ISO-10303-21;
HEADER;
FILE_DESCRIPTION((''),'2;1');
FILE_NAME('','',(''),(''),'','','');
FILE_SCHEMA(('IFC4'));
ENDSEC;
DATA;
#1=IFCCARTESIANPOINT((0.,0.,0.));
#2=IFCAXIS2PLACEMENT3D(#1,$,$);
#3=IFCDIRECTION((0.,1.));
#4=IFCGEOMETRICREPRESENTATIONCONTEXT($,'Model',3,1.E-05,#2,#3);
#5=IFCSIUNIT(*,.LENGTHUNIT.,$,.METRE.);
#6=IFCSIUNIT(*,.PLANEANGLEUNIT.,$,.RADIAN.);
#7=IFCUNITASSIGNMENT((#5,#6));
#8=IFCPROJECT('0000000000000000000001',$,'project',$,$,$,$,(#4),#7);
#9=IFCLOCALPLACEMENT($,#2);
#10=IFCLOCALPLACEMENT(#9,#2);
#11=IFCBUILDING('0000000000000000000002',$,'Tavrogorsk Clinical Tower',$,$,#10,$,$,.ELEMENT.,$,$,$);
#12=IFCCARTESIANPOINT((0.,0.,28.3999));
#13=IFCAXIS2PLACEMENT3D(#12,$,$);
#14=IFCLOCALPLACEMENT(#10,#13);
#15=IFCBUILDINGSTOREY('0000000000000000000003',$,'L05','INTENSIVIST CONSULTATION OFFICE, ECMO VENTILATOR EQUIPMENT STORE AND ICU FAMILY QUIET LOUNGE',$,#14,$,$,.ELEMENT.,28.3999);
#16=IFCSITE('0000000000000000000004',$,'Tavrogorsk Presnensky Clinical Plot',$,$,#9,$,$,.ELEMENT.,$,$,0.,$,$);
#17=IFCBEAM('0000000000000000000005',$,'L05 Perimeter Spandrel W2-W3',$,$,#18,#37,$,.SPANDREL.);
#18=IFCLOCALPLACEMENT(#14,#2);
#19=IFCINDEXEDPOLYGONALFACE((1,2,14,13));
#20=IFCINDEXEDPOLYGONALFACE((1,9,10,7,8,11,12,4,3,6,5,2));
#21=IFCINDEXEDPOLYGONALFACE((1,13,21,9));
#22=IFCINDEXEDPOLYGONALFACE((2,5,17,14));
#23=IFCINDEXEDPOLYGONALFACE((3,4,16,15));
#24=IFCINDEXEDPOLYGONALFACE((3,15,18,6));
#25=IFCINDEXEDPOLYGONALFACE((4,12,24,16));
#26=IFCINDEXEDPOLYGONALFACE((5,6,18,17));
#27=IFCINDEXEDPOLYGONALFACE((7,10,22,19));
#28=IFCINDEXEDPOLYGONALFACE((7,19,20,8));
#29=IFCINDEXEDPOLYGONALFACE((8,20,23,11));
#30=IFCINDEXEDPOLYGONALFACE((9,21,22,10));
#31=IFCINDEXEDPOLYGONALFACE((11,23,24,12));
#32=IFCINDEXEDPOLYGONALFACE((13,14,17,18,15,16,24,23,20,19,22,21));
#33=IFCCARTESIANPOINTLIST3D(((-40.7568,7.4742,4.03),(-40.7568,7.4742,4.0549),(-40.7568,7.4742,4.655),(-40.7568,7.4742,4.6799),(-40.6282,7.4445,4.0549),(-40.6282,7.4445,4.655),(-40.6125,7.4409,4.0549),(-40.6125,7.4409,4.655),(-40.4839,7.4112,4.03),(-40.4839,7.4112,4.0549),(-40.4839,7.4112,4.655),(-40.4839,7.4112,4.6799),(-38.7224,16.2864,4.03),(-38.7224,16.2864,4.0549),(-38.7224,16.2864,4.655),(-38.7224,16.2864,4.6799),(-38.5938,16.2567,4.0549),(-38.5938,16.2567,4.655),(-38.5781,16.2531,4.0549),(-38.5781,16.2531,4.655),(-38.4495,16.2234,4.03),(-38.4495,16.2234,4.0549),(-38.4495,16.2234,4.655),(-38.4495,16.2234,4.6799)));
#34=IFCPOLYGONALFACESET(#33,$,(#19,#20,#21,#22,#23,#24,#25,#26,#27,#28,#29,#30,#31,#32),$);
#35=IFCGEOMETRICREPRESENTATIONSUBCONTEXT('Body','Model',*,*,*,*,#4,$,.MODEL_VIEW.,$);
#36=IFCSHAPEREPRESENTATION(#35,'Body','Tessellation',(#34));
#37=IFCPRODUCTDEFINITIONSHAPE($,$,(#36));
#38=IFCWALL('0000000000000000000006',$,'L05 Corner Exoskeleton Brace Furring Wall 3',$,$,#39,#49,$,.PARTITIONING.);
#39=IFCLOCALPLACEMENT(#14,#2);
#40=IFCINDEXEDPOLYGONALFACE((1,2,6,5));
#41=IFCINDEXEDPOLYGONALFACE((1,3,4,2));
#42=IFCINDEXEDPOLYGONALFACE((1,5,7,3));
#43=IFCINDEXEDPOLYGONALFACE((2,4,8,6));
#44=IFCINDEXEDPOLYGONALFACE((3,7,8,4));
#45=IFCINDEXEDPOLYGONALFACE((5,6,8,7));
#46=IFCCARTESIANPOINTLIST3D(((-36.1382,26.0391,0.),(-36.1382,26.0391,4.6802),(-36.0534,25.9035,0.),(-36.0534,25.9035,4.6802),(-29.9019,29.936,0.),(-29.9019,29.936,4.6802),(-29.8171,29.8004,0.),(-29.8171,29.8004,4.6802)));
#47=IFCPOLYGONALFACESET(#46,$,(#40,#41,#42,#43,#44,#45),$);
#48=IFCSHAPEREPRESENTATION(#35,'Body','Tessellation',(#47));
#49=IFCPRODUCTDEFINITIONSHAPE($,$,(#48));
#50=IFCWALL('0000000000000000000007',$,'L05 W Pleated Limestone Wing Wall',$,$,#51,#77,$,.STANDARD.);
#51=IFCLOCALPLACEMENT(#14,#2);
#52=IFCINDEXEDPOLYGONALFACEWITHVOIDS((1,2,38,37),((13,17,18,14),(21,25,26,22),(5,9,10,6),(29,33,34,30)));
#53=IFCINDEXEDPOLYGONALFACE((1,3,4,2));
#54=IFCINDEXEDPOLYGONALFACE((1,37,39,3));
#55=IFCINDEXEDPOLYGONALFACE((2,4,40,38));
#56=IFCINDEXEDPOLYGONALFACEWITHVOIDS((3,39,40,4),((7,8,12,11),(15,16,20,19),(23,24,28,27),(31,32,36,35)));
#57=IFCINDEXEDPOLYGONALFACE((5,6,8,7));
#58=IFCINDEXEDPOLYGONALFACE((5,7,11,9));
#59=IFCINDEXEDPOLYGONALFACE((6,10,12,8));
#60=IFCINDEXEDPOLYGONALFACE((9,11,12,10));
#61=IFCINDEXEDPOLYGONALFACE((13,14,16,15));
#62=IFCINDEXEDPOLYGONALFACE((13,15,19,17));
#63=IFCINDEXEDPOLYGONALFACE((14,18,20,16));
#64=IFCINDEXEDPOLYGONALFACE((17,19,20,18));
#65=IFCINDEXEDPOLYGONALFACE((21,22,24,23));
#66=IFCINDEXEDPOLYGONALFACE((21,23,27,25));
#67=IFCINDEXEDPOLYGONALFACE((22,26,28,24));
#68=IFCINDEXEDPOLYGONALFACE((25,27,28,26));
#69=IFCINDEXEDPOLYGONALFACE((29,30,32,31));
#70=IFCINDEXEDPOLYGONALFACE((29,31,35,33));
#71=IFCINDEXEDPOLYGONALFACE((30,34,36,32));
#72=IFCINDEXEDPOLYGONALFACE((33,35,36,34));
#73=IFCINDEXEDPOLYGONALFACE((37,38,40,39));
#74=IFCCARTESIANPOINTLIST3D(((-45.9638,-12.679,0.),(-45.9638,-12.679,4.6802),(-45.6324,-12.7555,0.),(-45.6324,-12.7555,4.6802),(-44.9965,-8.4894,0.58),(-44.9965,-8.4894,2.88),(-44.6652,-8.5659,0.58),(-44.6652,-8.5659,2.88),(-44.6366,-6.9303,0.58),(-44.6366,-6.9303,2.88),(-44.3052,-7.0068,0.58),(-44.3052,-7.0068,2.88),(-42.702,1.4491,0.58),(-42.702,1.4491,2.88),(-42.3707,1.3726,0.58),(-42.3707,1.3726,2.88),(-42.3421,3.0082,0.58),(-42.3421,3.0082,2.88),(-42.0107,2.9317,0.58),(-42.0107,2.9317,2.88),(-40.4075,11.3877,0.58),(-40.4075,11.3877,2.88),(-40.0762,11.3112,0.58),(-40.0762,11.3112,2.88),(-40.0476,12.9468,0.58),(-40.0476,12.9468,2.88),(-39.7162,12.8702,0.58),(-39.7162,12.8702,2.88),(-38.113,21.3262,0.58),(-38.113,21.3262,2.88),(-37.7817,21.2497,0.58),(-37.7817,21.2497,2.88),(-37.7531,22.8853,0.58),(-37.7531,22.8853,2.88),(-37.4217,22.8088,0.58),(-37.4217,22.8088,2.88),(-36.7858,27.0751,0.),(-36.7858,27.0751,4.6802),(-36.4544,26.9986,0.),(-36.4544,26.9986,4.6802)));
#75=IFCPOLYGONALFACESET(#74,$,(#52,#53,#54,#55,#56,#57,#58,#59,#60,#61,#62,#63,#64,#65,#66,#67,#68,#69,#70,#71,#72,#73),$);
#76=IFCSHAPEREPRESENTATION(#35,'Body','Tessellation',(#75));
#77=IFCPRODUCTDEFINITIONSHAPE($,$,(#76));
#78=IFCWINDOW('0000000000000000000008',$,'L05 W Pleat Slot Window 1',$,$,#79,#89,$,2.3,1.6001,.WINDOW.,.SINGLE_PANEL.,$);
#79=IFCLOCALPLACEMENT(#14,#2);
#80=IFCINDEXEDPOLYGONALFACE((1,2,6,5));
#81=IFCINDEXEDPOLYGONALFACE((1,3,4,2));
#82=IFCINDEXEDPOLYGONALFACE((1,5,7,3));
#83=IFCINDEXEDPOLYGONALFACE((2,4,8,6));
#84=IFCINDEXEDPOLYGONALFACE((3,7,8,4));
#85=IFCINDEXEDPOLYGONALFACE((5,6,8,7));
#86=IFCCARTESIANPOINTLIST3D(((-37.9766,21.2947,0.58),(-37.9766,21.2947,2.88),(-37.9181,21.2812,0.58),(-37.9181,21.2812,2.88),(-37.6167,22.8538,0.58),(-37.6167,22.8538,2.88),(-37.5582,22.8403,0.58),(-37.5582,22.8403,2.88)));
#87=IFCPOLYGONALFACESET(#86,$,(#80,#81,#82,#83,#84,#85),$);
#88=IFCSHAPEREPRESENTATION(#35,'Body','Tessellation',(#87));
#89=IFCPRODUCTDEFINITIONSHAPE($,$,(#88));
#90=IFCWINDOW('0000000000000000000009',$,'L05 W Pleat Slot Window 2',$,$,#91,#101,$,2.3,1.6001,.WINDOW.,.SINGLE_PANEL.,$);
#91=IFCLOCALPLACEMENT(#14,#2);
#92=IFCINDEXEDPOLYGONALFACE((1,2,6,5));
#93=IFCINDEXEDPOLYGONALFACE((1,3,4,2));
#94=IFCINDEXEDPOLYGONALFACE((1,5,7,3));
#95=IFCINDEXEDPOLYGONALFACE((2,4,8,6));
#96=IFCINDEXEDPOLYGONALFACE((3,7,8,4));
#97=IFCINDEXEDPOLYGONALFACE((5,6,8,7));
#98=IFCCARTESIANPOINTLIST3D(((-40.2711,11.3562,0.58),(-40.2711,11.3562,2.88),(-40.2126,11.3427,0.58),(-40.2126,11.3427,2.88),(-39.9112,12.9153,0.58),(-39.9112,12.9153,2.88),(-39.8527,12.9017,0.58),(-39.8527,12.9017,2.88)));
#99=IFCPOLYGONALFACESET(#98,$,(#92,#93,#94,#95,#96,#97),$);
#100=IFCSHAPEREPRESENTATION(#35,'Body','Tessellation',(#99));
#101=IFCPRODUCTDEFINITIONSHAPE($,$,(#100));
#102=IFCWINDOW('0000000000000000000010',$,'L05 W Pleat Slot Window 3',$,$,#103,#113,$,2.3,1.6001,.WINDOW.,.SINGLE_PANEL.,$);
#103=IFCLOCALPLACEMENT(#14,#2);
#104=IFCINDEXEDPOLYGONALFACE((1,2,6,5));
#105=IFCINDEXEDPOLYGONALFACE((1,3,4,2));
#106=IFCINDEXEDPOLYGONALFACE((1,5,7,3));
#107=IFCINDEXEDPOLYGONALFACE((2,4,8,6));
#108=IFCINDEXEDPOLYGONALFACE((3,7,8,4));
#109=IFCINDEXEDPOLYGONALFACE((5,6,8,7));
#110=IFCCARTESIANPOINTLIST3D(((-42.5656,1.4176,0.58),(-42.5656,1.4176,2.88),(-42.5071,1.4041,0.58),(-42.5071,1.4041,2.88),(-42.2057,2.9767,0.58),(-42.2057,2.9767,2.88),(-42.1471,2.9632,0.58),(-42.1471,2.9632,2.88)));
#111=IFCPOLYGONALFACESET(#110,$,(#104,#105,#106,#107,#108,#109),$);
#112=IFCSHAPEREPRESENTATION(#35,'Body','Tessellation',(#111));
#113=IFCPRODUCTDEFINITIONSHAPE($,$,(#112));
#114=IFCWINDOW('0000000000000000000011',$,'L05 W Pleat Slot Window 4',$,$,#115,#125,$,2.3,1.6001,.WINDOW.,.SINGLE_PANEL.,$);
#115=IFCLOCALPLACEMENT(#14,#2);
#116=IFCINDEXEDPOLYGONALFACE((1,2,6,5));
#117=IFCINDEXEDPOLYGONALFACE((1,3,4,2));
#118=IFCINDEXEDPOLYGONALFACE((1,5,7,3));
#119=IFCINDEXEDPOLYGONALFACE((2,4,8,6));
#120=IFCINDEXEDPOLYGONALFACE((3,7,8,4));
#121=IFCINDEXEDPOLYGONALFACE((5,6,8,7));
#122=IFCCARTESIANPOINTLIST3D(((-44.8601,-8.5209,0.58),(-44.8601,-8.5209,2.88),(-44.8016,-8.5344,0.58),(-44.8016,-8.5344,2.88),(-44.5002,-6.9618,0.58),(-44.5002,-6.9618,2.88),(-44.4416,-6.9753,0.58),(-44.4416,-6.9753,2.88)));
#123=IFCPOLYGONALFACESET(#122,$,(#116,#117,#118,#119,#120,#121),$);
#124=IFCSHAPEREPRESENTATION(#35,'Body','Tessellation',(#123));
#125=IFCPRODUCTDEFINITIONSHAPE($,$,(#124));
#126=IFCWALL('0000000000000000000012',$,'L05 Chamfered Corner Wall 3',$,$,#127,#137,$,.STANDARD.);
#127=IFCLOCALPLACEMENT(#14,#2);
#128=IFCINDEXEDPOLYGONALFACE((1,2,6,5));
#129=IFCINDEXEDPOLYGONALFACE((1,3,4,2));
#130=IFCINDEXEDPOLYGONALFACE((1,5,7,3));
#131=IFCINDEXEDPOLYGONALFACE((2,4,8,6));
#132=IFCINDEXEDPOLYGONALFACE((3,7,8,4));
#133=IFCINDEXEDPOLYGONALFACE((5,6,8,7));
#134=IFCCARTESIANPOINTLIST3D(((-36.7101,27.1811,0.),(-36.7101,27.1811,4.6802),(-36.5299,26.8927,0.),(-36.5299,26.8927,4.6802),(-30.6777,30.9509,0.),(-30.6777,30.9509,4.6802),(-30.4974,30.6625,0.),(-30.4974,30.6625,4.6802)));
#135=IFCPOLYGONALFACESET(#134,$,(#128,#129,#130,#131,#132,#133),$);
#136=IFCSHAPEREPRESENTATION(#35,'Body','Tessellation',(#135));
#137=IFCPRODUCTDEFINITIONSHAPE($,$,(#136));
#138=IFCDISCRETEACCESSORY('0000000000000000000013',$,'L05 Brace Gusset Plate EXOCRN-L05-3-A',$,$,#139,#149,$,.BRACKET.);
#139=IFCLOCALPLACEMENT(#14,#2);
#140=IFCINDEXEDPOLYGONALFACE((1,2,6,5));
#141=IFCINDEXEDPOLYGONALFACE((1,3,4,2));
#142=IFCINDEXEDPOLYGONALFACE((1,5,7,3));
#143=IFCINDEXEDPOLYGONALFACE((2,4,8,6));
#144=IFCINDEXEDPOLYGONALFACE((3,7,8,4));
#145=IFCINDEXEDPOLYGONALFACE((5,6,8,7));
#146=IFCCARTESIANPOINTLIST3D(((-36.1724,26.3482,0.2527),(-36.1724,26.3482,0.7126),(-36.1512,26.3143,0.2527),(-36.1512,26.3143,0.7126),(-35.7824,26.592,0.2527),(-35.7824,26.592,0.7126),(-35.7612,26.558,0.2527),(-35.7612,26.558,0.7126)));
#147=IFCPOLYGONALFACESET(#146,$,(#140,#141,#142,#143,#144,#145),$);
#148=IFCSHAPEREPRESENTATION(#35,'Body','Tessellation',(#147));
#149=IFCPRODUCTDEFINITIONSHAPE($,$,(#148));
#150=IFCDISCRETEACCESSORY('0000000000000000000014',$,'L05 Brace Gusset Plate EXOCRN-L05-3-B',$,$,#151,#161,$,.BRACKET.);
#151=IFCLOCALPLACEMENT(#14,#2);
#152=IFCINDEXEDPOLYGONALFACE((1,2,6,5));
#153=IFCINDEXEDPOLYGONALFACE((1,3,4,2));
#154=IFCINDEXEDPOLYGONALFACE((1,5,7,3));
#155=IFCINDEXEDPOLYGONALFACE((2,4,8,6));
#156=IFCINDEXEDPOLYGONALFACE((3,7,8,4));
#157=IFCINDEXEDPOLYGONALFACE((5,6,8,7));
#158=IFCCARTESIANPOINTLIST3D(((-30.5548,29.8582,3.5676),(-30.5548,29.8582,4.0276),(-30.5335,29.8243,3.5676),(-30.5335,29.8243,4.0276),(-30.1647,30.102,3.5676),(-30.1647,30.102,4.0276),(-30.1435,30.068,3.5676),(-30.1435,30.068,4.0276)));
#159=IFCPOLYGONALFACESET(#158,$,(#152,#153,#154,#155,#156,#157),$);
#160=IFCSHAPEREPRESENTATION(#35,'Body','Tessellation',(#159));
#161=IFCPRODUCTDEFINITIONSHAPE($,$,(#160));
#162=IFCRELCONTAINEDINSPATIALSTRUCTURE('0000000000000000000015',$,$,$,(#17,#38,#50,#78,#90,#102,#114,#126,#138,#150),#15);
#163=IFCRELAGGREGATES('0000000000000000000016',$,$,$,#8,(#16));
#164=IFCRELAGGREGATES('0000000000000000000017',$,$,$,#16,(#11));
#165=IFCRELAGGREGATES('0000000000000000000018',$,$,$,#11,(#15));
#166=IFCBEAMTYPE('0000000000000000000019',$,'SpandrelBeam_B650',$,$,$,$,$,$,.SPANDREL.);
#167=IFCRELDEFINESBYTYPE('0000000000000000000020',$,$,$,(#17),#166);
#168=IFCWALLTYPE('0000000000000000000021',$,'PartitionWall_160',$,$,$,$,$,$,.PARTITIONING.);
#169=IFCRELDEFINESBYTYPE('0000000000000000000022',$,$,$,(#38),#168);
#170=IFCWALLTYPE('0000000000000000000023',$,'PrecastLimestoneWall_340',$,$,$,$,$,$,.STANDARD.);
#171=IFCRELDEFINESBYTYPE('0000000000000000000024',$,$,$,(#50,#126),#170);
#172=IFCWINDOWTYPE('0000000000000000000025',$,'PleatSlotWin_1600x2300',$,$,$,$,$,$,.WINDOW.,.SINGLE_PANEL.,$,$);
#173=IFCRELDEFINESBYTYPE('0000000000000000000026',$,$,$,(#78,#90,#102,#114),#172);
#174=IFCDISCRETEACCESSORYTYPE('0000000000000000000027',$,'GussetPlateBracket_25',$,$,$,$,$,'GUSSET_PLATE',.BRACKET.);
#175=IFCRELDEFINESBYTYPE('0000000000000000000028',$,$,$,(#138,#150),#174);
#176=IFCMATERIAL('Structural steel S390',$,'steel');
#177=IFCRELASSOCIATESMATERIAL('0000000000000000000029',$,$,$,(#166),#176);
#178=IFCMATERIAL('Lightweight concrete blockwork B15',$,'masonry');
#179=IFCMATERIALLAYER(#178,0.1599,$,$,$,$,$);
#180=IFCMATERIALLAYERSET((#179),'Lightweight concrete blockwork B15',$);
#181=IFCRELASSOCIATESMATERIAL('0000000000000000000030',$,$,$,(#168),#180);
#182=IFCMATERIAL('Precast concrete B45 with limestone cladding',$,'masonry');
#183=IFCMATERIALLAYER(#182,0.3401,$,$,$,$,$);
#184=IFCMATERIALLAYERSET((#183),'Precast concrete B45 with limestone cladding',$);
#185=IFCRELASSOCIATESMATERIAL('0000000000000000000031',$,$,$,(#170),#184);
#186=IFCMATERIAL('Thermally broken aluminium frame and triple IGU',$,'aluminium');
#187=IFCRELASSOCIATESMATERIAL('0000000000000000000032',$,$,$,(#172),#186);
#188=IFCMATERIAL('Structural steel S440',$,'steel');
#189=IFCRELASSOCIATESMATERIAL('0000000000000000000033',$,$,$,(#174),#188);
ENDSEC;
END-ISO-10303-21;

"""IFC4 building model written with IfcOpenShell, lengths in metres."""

from ifc_helpers import new_model, si_unit, direction, frame, frame_2d, origin, origin_2d, place, context, subcontext, project, spatial, rectangle, i_section, extrude, material, layer, layer_set, material_profile, profile_set, type_object, element, fill, save


model = new_model("IFC4")

# Units and contexts
model_context = context("Model", 3, precision=1e-05, world=origin(), true_north=direction((0.0, 1.0)))
body_context = subcontext(model_context, "Body", "Model", "MODEL_VIEW")
ifc_project = project(units=[si_unit("LENGTHUNIT", "METRE"), si_unit("PLANEANGLEUNIT", "RADIAN")], contexts=[model_context])

# Site, building, storey
site_placement = place(None, origin())
site = spatial("IfcSite", under=ifc_project, at=site_placement, Name="Tavrogorsk Presnensky Clinical Plot", CompositionType="ELEMENT", RefElevation=0.0)
building_placement = place(site_placement, origin())
building = spatial("IfcBuilding", under=site, at=building_placement, Name="Tavrogorsk Clinical Tower", CompositionType="ELEMENT")
storey_placement = place(building_placement, frame((0.0, 0.0, 28.3999)))
storey = spatial("IfcBuildingStorey", under=building, at=storey_placement, Name="L05", Description="INTENSIVIST CONSULTATION OFFICE, ECMO VENTILATOR EQUIPMENT STORE AND ICU FAMILY QUIET LOUNGE", CompositionType="ELEMENT", Elevation=28.3999)

# Beam
ifc_material_1 = material(Name="Structural steel S390", Category="steel")
ifc_material_profile_1 = material_profile(ifc_material_1, i_section(OverallWidth=0.28, OverallDepth=0.6499, WebThickness=0.0161, FlangeThickness=0.0249, at=origin_2d()), Name="B-650x280x16x25")
ifc_profile_set_1 = profile_set([ifc_material_profile_1], Name="Structural steel S390")
beam_type_1 = type_object("IfcBeamType", Name="SpandrelBeam_B650", PredefinedType="SPANDREL", material=ifc_profile_set_1)
beam_1_placement = place(storey_placement, frame((-38.5859, 16.2549, 4.355), z_axis=(-0.224946, -0.974371, 0.0), x_axis=(0.974371, -0.224946, 0.0)))
element("IfcBeam", 1, at=beam_1_placement, inside=storey, type_object=beam_type_1, Name="L05 Perimeter Spandrel W2-W3", PredefinedType="SPANDREL", context=body_context, shape_type="SweptSolid", body=[
    extrude(i_section(OverallWidth=0.28, OverallDepth=0.6499, WebThickness=0.0161, FlangeThickness=0.0249, at=origin_2d()), origin(), (0.0, 0.0, 1.0), 9.0439),
])

# Wall
ifc_material_2 = material(Name="Lightweight concrete blockwork B15", Category="masonry")
ifc_layer_1 = layer(ifc_material_2, 0.1599)
ifc_layer_set_1 = layer_set([ifc_layer_1], Name="Lightweight concrete blockwork B15")
wall_type_1 = type_object("IfcWallType", Name="PartitionWall_160", PredefinedType="PARTITIONING", material=ifc_layer_set_1)
wall_1_placement = place(storey_placement, frame((-29.8596, 29.8682, 0.0), z_axis=(0.0, 0.0, 1.0), x_axis=(-0.848043, -0.529927, 0.0)))
element("IfcWall", 2, at=wall_1_placement, inside=storey, type_object=wall_type_1, Name="L05 Corner Exoskeleton Brace Furring Wall 3", PredefinedType="PARTITIONING", context=body_context, shape_type="SweptSolid", body=[
    extrude(rectangle(XDim=7.3538, YDim=0.1599, at=frame_2d((3.6768, 0.0))), origin(), (0.0, 0.0, 1.0), 4.6802),
])

# Wall, openings, windows
ifc_material_3 = material(Name="Precast concrete B45 with limestone cladding", Category="masonry")
ifc_layer_2 = layer(ifc_material_3, 0.3401)
ifc_layer_set_2 = layer_set([ifc_layer_2], Name="Precast concrete B45 with limestone cladding")
wall_type_2 = type_object("IfcWallType", Name="PrecastLimestoneWall_340", PredefinedType="STANDARD", material=ifc_layer_set_2)
wall_2_placement = place(storey_placement, frame((-36.6201, 27.0369, 0.0), z_axis=(0.0, 0.0, 1.0), x_axis=(-0.224951, -0.97437, 0.0)))
wall_2 = element("IfcWall", 3, at=wall_2_placement, inside=storey, type_object=wall_type_2, Name="L05 W Pleated Limestone Wing Wall", PredefinedType="STANDARD", context=body_context, shape_type="SweptSolid", body=[
    extrude(rectangle(XDim=40.7998, YDim=0.3401, at=frame_2d((20.3999, 0.0))), origin(), (0.0, 0.0, 1.0), 4.6802),
])
opening_1_placement = place(wall_2_placement, frame((4.3, 0.0, 0.5801)))
opening_1 = element("IfcOpeningElement", 4, at=opening_1_placement, cuts=wall_2, PredefinedType="OPENING", context=body_context, shape_type="SweptSolid", body=[
    extrude(rectangle(XDim=1.6001, YDim=2.3, at=frame_2d((0.8, 1.1499))), frame((0.0, 0.1799, 0.0), z_axis=(0.0, -1.0, 0.0), x_axis=(1.0, 0.0, 0.0)), (0.0, 0.0, 1.0), 0.3601),
])
opening_2_placement = place(wall_2_placement, frame((14.5, 0.0, 0.5801)))
opening_2 = element("IfcOpeningElement", 5, at=opening_2_placement, cuts=wall_2, PredefinedType="OPENING", context=body_context, shape_type="SweptSolid", body=[
    extrude(rectangle(XDim=1.6001, YDim=2.3, at=frame_2d((0.8, 1.1499))), frame((0.0, 0.1799, 0.0), z_axis=(0.0, -1.0, 0.0), x_axis=(1.0, 0.0, 0.0)), (0.0, 0.0, 1.0), 0.3601),
])
opening_3_placement = place(wall_2_placement, frame((24.7, 0.0, 0.5801)))
opening_3 = element("IfcOpeningElement", 6, at=opening_3_placement, cuts=wall_2, PredefinedType="OPENING", context=body_context, shape_type="SweptSolid", body=[
    extrude(rectangle(XDim=1.6001, YDim=2.3, at=frame_2d((0.8, 1.1499))), frame((0.0, 0.1799, 0.0), z_axis=(0.0, -1.0, 0.0), x_axis=(1.0, 0.0, 0.0)), (0.0, 0.0, 1.0), 0.3601),
])
opening_4_placement = place(wall_2_placement, frame((34.8999, 0.0, 0.5801)))
opening_4 = element("IfcOpeningElement", 7, at=opening_4_placement, cuts=wall_2, PredefinedType="OPENING", context=body_context, shape_type="SweptSolid", body=[
    extrude(rectangle(XDim=1.6001, YDim=2.3, at=frame_2d((0.8, 1.1499))), frame((0.0, 0.1799, 0.0), z_axis=(0.0, -1.0, 0.0), x_axis=(1.0, 0.0, 0.0)), (0.0, 0.0, 1.0), 0.3601),
])
ifc_material_4 = material(Name="Thermally broken aluminium frame and triple IGU", Category="aluminium")
window_type = type_object("IfcWindowType", Name="PleatSlotWin_1600x2300", PartitioningType="SINGLE_PANEL", PredefinedType="WINDOW", material=ifc_material_4)
window_1_placement = place(opening_1_placement, origin())
window_1 = element("IfcWindow", 8, at=window_1_placement, inside=storey, type_object=window_type, Name="L05 W Pleat Slot Window 1", OverallHeight=2.3, OverallWidth=1.6001, PartitioningType="SINGLE_PANEL", PredefinedType="WINDOW", context=body_context, shape_type="SweptSolid", body=[
    extrude(rectangle(XDim=1.6001, YDim=2.3, at=frame_2d((0.8, 1.1499))), frame((0.0, 0.03, 0.0), z_axis=(0.0, -1.0, 0.0), x_axis=(1.0, 0.0, 0.0)), (0.0, 0.0, 1.0), 0.0601),
])
fill(opening_1, window_1)
window_2_placement = place(opening_2_placement, origin())
window_2 = element("IfcWindow", 9, at=window_2_placement, inside=storey, type_object=window_type, Name="L05 W Pleat Slot Window 2", OverallHeight=2.3, OverallWidth=1.6001, PartitioningType="SINGLE_PANEL", PredefinedType="WINDOW", context=body_context, shape_type="SweptSolid", body=[
    extrude(rectangle(XDim=1.6001, YDim=2.3, at=frame_2d((0.8, 1.1499))), frame((0.0, 0.03, 0.0), z_axis=(0.0, -1.0, 0.0), x_axis=(1.0, 0.0, 0.0)), (0.0, 0.0, 1.0), 0.0601),
])
fill(opening_2, window_2)
window_3_placement = place(opening_3_placement, origin())
window_3 = element("IfcWindow", 10, at=window_3_placement, inside=storey, type_object=window_type, Name="L05 W Pleat Slot Window 3", OverallHeight=2.3, OverallWidth=1.6001, PartitioningType="SINGLE_PANEL", PredefinedType="WINDOW", context=body_context, shape_type="SweptSolid", body=[
    extrude(rectangle(XDim=1.6001, YDim=2.3, at=frame_2d((0.8, 1.1499))), frame((0.0, 0.03, 0.0), z_axis=(0.0, -1.0, 0.0), x_axis=(1.0, 0.0, 0.0)), (0.0, 0.0, 1.0), 0.0601),
])
fill(opening_3, window_3)
window_4_placement = place(opening_4_placement, origin())
window_4 = element("IfcWindow", 11, at=window_4_placement, inside=storey, type_object=window_type, Name="L05 W Pleat Slot Window 4", OverallHeight=2.3, OverallWidth=1.6001, PartitioningType="SINGLE_PANEL", PredefinedType="WINDOW", context=body_context, shape_type="SweptSolid", body=[
    extrude(rectangle(XDim=1.6001, YDim=2.3, at=frame_2d((0.8, 1.1499))), frame((0.0, 0.03, 0.0), z_axis=(0.0, -1.0, 0.0), x_axis=(1.0, 0.0, 0.0)), (0.0, 0.0, 1.0), 0.0601),
])
fill(opening_4, window_4)

# Wall
wall_3_placement = place(storey_placement, frame((-30.5876, 30.8066, 0.0), z_axis=(0.0, 0.0, 1.0), x_axis=(-0.848031, -0.529946, 0.0)))
element("IfcWall", 12, at=wall_3_placement, inside=storey, type_object=wall_type_2, Name="L05 Chamfered Corner Wall 3", PredefinedType="STANDARD", context=body_context, shape_type="SweptSolid", body=[
    extrude(rectangle(XDim=7.1135, YDim=0.3401, at=frame_2d((3.5566, 0.0))), origin(), (0.0, 0.0, 1.0), 4.6802),
])

# Discrete accessories
ifc_material_5 = material(Name="Structural steel S440", Category="steel")
discrete_accessory_type = type_object("IfcDiscreteAccessoryType", Name="GussetPlateBracket_25", ElementType="GUSSET_PLATE", PredefinedType="BRACKET", material=ifc_material_5)
for number, where, z_axis, x_axis, name in (
    (13, (-35.9668, 26.4531, 0.2527), (0.0, 0.0, 1.0), (0.848048, 0.529919, 0.0), "L05 Brace Gusset Plate EXOCRN-L05-3-A"),
    (14, (-30.3491, 29.9631, 3.5676), (0.0, 0.0, 1.0), (0.848048, 0.529919, 0.0), "L05 Brace Gusset Plate EXOCRN-L05-3-B"),
):
    element("IfcDiscreteAccessory", number, at=place(storey_placement, frame(where, z_axis=z_axis, x_axis=x_axis)), inside=storey, type_object=discrete_accessory_type, Name=name, PredefinedType="BRACKET", context=body_context, shape_type="SweptSolid", body=[
        extrude(rectangle(XDim=0.46, YDim=0.04, at=origin_2d()), origin(), (0.0, 0.0, 1.0), 0.46),
    ])

save(model, "model.ifc")
